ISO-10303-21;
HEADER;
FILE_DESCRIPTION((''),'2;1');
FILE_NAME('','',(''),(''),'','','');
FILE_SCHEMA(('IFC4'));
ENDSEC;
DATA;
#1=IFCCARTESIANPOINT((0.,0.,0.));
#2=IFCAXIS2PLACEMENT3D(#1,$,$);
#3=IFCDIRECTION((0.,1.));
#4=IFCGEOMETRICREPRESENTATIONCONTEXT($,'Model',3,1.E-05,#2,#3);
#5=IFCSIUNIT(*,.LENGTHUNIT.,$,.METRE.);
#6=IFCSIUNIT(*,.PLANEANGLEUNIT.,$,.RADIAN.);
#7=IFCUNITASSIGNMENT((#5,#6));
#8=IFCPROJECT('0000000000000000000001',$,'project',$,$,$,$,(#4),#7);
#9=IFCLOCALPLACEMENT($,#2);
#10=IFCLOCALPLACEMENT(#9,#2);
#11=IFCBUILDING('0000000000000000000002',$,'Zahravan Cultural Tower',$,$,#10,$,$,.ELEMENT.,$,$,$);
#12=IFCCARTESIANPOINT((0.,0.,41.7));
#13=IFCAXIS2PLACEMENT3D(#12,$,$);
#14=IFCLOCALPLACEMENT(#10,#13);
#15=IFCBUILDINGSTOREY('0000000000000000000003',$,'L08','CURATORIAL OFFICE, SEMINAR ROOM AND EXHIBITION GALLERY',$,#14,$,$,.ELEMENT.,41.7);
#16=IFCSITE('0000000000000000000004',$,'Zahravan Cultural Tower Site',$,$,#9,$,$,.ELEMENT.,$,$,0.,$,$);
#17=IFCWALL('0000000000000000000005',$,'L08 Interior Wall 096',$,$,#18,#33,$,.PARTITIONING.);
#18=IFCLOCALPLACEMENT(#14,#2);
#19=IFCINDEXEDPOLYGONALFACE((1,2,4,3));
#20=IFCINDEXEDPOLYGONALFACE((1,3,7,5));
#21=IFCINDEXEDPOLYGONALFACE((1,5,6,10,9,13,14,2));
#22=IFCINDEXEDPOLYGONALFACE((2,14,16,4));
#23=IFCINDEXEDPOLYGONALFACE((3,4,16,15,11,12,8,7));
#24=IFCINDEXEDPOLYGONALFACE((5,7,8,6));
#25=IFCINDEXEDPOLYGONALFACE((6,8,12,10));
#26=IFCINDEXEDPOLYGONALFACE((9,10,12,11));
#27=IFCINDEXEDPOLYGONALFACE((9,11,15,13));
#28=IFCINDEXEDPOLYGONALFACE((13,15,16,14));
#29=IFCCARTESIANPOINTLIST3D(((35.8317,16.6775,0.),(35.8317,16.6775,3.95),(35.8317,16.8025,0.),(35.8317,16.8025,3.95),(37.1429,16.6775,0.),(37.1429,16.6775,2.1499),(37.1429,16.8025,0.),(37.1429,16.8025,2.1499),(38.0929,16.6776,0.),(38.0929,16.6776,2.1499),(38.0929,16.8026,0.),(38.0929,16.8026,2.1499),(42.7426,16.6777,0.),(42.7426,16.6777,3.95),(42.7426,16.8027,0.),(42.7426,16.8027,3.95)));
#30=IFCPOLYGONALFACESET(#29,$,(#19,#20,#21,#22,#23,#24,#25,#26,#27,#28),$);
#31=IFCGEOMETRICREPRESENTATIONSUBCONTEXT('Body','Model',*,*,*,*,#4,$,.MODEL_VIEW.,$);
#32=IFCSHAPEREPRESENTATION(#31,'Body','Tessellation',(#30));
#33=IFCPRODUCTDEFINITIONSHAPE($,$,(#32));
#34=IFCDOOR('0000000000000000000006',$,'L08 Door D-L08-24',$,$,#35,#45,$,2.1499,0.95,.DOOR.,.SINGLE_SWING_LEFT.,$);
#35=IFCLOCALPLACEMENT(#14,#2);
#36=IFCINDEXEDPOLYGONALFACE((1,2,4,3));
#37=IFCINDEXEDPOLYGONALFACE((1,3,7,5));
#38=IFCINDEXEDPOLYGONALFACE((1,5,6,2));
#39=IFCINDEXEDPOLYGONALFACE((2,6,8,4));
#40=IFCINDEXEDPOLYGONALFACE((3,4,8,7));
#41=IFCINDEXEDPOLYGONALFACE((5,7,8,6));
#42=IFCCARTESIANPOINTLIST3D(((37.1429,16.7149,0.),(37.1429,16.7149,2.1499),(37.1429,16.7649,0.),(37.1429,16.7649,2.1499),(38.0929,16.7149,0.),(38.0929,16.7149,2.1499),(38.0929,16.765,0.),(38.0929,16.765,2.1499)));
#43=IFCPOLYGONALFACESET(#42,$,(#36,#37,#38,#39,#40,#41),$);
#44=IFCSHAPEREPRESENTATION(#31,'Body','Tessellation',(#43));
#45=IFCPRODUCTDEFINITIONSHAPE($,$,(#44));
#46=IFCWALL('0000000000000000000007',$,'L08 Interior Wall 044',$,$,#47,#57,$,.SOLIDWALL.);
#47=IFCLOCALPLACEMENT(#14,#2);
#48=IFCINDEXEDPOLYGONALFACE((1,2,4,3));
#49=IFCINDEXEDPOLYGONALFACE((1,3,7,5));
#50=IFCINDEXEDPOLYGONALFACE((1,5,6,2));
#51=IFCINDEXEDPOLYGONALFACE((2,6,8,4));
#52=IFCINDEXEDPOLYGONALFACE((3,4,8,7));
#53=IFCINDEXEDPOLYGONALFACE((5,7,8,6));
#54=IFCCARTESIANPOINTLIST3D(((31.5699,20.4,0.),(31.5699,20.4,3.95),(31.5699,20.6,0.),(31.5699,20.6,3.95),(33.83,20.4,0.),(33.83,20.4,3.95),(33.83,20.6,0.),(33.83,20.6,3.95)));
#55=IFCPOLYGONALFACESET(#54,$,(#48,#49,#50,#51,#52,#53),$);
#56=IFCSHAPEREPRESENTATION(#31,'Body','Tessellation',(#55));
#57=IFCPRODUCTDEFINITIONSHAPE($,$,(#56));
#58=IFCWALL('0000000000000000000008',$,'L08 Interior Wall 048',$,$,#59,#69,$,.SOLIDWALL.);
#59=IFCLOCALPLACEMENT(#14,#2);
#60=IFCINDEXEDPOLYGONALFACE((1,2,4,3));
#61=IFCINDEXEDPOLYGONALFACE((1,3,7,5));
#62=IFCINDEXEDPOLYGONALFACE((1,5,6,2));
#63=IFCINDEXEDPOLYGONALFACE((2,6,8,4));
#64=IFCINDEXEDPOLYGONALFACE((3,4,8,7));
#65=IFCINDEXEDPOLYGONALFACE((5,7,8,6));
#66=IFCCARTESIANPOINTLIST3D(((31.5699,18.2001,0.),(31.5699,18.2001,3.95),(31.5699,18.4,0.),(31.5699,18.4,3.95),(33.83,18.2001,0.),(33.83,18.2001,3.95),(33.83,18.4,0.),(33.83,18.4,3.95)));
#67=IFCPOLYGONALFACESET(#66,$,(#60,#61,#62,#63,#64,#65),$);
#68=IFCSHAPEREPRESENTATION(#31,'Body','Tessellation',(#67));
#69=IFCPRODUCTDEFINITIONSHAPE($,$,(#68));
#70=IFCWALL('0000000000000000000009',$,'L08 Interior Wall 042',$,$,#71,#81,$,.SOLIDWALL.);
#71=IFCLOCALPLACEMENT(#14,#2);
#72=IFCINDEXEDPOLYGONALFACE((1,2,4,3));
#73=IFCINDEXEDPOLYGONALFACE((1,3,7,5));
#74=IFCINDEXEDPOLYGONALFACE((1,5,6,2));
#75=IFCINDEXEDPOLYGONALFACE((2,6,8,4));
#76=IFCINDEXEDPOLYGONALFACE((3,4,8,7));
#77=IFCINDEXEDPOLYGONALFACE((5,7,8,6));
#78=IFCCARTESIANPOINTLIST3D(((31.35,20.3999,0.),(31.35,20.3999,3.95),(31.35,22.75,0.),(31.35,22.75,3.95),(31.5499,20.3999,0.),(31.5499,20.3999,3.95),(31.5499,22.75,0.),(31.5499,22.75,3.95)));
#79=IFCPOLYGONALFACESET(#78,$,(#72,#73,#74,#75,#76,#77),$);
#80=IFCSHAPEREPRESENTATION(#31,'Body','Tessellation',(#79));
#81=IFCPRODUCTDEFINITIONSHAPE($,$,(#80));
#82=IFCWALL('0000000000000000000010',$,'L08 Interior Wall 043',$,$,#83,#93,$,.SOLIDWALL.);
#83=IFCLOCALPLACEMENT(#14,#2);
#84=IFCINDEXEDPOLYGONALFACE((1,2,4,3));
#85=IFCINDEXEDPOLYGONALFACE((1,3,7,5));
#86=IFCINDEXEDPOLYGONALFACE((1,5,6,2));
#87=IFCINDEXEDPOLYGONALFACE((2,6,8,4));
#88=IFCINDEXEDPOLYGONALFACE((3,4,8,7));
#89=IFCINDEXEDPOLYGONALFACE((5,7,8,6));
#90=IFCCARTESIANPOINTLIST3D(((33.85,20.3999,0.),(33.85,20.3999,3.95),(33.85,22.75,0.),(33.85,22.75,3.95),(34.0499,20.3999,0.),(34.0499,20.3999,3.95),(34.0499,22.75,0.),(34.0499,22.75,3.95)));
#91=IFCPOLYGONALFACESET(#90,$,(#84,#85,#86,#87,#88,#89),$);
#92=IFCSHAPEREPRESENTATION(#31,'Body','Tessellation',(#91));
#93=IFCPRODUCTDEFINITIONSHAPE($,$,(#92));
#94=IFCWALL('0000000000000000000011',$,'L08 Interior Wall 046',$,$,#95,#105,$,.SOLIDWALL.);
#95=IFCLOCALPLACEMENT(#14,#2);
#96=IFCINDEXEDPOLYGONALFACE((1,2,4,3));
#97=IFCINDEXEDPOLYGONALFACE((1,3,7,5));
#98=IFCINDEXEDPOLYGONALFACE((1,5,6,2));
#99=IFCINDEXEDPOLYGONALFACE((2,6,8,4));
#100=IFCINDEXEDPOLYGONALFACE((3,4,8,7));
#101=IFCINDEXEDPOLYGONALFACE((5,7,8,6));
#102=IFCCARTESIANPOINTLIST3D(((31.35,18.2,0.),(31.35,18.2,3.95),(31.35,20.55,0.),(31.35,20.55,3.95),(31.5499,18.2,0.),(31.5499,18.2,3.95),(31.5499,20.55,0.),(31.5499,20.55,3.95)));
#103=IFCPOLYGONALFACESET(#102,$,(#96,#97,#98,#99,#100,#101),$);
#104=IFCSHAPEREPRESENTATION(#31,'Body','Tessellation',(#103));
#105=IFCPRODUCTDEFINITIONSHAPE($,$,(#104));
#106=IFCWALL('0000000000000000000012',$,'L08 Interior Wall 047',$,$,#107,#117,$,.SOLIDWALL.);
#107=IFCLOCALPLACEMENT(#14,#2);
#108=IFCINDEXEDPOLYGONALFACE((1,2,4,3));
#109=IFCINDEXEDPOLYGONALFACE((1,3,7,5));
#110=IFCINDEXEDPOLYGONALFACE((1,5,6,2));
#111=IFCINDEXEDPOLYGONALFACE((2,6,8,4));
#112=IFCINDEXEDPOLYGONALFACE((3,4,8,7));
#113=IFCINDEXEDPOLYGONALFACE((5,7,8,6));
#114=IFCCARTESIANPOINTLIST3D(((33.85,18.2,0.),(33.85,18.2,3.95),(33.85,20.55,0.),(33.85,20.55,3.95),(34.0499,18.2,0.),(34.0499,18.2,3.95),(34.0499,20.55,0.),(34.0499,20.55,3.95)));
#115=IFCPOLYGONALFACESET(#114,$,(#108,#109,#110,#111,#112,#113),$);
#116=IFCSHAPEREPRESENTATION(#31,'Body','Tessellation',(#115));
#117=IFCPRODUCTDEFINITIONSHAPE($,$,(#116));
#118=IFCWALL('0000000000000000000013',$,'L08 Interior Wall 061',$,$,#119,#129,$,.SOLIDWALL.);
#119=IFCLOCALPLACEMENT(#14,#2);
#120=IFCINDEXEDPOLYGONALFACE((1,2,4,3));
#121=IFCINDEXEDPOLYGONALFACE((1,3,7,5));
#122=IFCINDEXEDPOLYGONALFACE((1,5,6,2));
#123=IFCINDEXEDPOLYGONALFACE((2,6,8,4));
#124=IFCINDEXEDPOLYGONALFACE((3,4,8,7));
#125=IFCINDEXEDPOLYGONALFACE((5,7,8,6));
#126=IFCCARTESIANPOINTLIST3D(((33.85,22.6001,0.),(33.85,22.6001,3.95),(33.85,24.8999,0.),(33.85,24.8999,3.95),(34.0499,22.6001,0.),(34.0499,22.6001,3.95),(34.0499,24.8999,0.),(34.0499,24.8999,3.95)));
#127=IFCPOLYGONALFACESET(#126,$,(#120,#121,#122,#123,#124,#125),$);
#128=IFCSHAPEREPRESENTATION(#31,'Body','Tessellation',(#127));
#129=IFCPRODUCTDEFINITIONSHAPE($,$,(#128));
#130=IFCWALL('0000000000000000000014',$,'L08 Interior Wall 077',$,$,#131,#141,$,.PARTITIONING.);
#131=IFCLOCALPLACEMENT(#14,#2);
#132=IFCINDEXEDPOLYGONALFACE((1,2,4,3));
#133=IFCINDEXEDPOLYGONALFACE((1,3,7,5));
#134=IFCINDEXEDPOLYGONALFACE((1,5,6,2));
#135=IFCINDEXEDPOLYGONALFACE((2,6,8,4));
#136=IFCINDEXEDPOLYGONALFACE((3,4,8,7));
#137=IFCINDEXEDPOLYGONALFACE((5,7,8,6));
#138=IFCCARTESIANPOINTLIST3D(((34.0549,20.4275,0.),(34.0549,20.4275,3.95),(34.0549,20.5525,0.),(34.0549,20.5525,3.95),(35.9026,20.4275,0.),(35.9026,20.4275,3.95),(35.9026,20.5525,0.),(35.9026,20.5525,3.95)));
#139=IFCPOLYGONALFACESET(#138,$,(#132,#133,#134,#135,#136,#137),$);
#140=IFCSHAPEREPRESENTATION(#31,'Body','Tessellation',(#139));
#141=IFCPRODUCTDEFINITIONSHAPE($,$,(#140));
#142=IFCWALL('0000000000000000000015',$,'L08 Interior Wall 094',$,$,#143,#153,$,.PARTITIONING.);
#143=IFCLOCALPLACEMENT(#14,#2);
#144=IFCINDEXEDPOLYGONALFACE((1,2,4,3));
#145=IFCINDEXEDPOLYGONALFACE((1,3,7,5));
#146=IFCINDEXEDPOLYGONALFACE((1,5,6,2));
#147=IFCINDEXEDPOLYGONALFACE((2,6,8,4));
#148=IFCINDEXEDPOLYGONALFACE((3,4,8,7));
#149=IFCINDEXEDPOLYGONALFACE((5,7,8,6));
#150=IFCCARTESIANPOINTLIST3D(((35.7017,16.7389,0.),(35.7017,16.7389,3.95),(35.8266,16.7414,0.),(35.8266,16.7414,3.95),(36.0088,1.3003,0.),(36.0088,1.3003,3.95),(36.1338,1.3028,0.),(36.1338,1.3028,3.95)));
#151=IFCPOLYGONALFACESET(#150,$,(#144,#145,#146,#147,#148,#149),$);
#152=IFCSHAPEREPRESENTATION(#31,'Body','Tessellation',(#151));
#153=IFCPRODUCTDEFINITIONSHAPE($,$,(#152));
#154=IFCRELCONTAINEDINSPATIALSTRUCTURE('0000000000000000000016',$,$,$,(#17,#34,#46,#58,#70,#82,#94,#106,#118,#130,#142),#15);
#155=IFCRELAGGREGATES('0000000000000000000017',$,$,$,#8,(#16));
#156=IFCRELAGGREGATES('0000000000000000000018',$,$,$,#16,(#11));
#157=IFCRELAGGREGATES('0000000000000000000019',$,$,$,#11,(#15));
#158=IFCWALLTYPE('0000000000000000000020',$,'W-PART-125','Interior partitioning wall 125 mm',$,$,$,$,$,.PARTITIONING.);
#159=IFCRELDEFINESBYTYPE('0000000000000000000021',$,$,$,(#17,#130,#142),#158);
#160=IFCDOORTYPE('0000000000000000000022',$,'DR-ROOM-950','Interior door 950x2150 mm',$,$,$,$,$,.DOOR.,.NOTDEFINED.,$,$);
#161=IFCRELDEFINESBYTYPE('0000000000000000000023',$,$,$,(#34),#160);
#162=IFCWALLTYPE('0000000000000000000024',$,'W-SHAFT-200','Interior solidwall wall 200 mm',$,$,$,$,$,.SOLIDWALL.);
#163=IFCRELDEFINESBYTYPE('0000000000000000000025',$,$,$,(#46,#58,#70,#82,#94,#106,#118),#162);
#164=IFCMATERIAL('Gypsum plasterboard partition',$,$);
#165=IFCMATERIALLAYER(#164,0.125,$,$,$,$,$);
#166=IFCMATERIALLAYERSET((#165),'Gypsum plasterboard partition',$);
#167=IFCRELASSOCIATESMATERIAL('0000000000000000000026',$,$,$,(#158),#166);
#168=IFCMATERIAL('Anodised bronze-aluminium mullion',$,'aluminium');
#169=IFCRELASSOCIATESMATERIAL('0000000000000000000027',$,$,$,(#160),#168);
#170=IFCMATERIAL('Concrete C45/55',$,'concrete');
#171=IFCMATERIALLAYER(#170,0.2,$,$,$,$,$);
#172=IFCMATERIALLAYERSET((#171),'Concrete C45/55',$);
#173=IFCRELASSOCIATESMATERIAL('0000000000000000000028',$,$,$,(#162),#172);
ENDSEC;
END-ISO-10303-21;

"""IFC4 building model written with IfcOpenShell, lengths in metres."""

from ifc_helpers import new_model, si_unit, direction, frame, frame_2d, origin, place, context, subcontext, project, spatial, rectangle, extrude, source, transform, mapped, material, layer, layer_set, type_object, element, fill, save


model = new_model("IFC4")

# Units and contexts
model_context = context("Model", 3, precision=1e-05, world=origin(), true_north=direction((0.0, 1.0)))
body_context = subcontext(model_context, "Body", "Model", "MODEL_VIEW")
ifc_project = project(units=[si_unit("LENGTHUNIT", "METRE"), si_unit("PLANEANGLEUNIT", "RADIAN")], contexts=[model_context])

# Site, building, storey
site_placement = place(None, origin())
site = spatial("IfcSite", under=ifc_project, at=site_placement, Name="Zahravan Cultural Tower Site", CompositionType="ELEMENT", RefElevation=0.0)
building_placement = place(site_placement, origin())
building = spatial("IfcBuilding", under=site, at=building_placement, Name="Zahravan Cultural Tower", CompositionType="ELEMENT")
storey_placement = place(building_placement, frame((0.0, 0.0, 41.7)))
storey = spatial("IfcBuildingStorey", under=building, at=storey_placement, Name="L08", Description="CURATORIAL OFFICE, SEMINAR ROOM AND EXHIBITION GALLERY", CompositionType="ELEMENT", Elevation=41.7)

# Shared definitions
ifc_material_1 = material(Name="Anodised bronze-aluminium mullion", Category="aluminium")

# Wall, opening, door
ifc_material_2 = material(Name="Gypsum plasterboard partition")
ifc_layer_1 = layer(ifc_material_2, 0.125)
ifc_layer_set_1 = layer_set([ifc_layer_1], Name="Gypsum plasterboard partition")
wall_type_1 = type_object("IfcWallType", Name="W-PART-125", Description="Interior partitioning wall 125 mm", PredefinedType="PARTITIONING", material=ifc_layer_set_1)
wall_1_placement = place(storey_placement, frame((35.8315, 16.74, 0.0), z_axis=(0.0, 0.0, 1.0), x_axis=(1.0, 0.000035, 0.0)))
wall_1 = element("IfcWall", 1, at=wall_1_placement, inside=storey, type_object=wall_type_1, Name="L08 Interior Wall 096", PredefinedType="PARTITIONING", context=body_context, shape_type="SweptSolid", body=[
    extrude(rectangle(XDim=6.9109, YDim=0.125, at=frame_2d((3.4556, 0.0))), origin(), (0.0, 0.0, 1.0), 3.95),
])
opening_1_placement = place(wall_1_placement, frame((1.3113, 0.0, 0.0)))
opening_1 = element("IfcOpeningElement", 2, at=opening_1_placement, cuts=wall_1, PredefinedType="OPENING", context=body_context, shape_type="SweptSolid", body=[
    extrude(rectangle(XDim=0.95, YDim=2.1499, at=frame_2d((0.4751, 1.075))), frame((0.0, 0.0725, 0.0), z_axis=(0.0, -1.0, 0.0), x_axis=(1.0, 0.0, 0.0)), (0.0, 0.0, 1.0), 0.145),
])
door_type_1 = type_object("IfcDoorType", Name="DR-ROOM-950", Description="Interior door 950x2150 mm", OperationType="NOTDEFINED", PredefinedType="DOOR", material=ifc_material_1)
shared_shape_1 = source(origin(), body_context, "Body", "SweptSolid", [
    extrude(rectangle(XDim=0.95, YDim=2.1499, at=frame_2d((0.4751, 1.075))), frame((0.0, 0.0249, 0.0), z_axis=(0.0, -1.0, 0.0), x_axis=(1.0, 0.0, 0.0)), (0.0, 0.0, 1.0), 0.05),
])
door_1_placement = place(opening_1_placement, origin())
door_1 = element("IfcDoor", 3, at=door_1_placement, inside=storey, type_object=door_type_1, Name="L08 Door D-L08-24", OperationType="SINGLE_SWING_LEFT", OverallHeight=2.1499, OverallWidth=0.95, PredefinedType="DOOR", context=body_context, shape_type="MappedRepresentation", body=[
    mapped(shared_shape_1, transform((0.0, 0.0, 0.0), x_axis=(1.0, 0.0, 0.0), y_axis=(0.0, 1.0, 0.0), z_axis=(0.0, 0.0, 1.0), scale=1.0)),
])
fill(opening_1, door_1)
ifc_material_3 = material(Name="Concrete C45/55", Category="concrete")
ifc_layer_2 = layer(ifc_material_3, 0.2)
ifc_layer_set_2 = layer_set([ifc_layer_2], Name="Concrete C45/55")
wall_type_2 = type_object("IfcWallType", Name="W-SHAFT-200", Description="Interior solidwall wall 200 mm", PredefinedType="SOLIDWALL", material=ifc_layer_set_2)

# Walls
shared_shape_2 = source(origin(), body_context, "Body", "SweptSolid", [
    extrude(rectangle(XDim=2.26, YDim=0.2, at=frame_2d((1.1299, 0.0))), origin(), (0.0, 0.0, 1.0), 3.95),
])
for number, where, z_axis, x_axis, name in (
    (4, (31.5701, 20.5, 0.0), (0.0, 0.0, 1.0), (1.0, 0.0, 0.0), "L08 Interior Wall 044"),
    (5, (31.5701, 18.3, 0.0), (0.0, 0.0, 1.0), (1.0, 0.0, 0.0), "L08 Interior Wall 048"),
):
    element("IfcWall", number, at=place(storey_placement, frame(where, z_axis=z_axis, x_axis=x_axis)), inside=storey, type_object=wall_type_2, Name=name, PredefinedType="SOLIDWALL", context=body_context, shape_type="MappedRepresentation", body=[
        mapped(shared_shape_2, transform((0.0, 0.0, 0.0), x_axis=(1.0, 0.0, 0.0), y_axis=(0.0, 1.0, 0.0), z_axis=(0.0, 0.0, 1.0), scale=1.0)),
    ])
shared_shape_3 = source(origin(), body_context, "Body", "SweptSolid", [
    extrude(rectangle(XDim=2.3501, YDim=0.2, at=frame_2d((1.175, 0.0))), origin(), (0.0, 0.0, 1.0), 3.95),
])
for number, where, z_axis, x_axis, name in (
    (6, (31.45, 20.3999, 0.0), (0.0, 0.0, 1.0), (0.0, 1.0, 0.0), "L08 Interior Wall 042"),
    (7, (33.95, 20.3999, 0.0), (0.0, 0.0, 1.0), (0.0, 1.0, 0.0), "L08 Interior Wall 043"),
    (8, (31.45, 18.2, 0.0), (0.0, 0.0, 1.0), (0.0, 1.0, 0.0), "L08 Interior Wall 046"),
    (9, (33.95, 18.2, 0.0), (0.0, 0.0, 1.0), (0.0, 1.0, 0.0), "L08 Interior Wall 047"),
):
    element("IfcWall", number, at=place(storey_placement, frame(where, z_axis=z_axis, x_axis=x_axis)), inside=storey, type_object=wall_type_2, Name=name, PredefinedType="SOLIDWALL", context=body_context, shape_type="MappedRepresentation", body=[
        mapped(shared_shape_3, transform((0.0, 0.0, 0.0), x_axis=(1.0, 0.0, 0.0), y_axis=(0.0, 1.0, 0.0), z_axis=(0.0, 0.0, 1.0), scale=1.0)),
    ])
shared_shape_4 = source(origin(), body_context, "Body", "SweptSolid", [
    extrude(rectangle(XDim=2.2998, YDim=0.2, at=frame_2d((1.1499, 0.0))), origin(), (0.0, 0.0, 1.0), 3.95),
])
wall_2_placement = place(storey_placement, frame((33.95, 22.6001, 0.0), z_axis=(0.0, 0.0, 1.0), x_axis=(0.0, 1.0, 0.0)))
element("IfcWall", 10, at=wall_2_placement, inside=storey, type_object=wall_type_2, Name="L08 Interior Wall 061", PredefinedType="SOLIDWALL", context=body_context, shape_type="MappedRepresentation", body=[
    mapped(shared_shape_4, transform((0.0, 0.0, 0.0), x_axis=(1.0, 0.0, 0.0), y_axis=(0.0, 1.0, 0.0), z_axis=(0.0, 0.0, 1.0), scale=1.0)),
])
shared_shape_5 = source(origin(), body_context, "Body", "SweptSolid", [
    extrude(rectangle(XDim=1.8477, YDim=0.125, at=frame_2d((0.9238, 0.0))), origin(), (0.0, 0.0, 1.0), 3.95),
])
wall_3_placement = place(storey_placement, frame((35.9026, 20.49, 0.0), z_axis=(0.0, 0.0, 1.0), x_axis=(-1.0, 0.0, 0.0)))
element("IfcWall", 11, at=wall_3_placement, inside=storey, type_object=wall_type_1, Name="L08 Interior Wall 077", PredefinedType="PARTITIONING", context=body_context, shape_type="MappedRepresentation", body=[
    mapped(shared_shape_5, transform((0.0, 0.0, 0.0), x_axis=(1.0, 0.0, 0.0), y_axis=(0.0, 1.0, 0.0), z_axis=(0.0, 0.0, 1.0), scale=1.0)),
])
shared_shape_6 = source(origin(), body_context, "Body", "SweptSolid", [
    extrude(rectangle(XDim=15.4417, YDim=0.125, at=frame_2d((7.7207, 0.0))), origin(), (0.0, 0.0, 1.0), 3.95),
])
wall_4_placement = place(storey_placement, frame((35.7642, 16.74, 0.0), z_axis=(0.0, 0.0, 1.0), x_axis=(0.01989, -0.999802, 0.0)))
element("IfcWall", 12, at=wall_4_placement, inside=storey, type_object=wall_type_1, Name="L08 Interior Wall 094", PredefinedType="PARTITIONING", context=body_context, shape_type="MappedRepresentation", body=[
    mapped(shared_shape_6, transform((0.0, 0.0, 0.0), x_axis=(1.0, 0.0, 0.0), y_axis=(0.0, 1.0, 0.0), z_axis=(0.0, 0.0, 1.0), scale=1.0)),
])

save(model, "model.ifc")
